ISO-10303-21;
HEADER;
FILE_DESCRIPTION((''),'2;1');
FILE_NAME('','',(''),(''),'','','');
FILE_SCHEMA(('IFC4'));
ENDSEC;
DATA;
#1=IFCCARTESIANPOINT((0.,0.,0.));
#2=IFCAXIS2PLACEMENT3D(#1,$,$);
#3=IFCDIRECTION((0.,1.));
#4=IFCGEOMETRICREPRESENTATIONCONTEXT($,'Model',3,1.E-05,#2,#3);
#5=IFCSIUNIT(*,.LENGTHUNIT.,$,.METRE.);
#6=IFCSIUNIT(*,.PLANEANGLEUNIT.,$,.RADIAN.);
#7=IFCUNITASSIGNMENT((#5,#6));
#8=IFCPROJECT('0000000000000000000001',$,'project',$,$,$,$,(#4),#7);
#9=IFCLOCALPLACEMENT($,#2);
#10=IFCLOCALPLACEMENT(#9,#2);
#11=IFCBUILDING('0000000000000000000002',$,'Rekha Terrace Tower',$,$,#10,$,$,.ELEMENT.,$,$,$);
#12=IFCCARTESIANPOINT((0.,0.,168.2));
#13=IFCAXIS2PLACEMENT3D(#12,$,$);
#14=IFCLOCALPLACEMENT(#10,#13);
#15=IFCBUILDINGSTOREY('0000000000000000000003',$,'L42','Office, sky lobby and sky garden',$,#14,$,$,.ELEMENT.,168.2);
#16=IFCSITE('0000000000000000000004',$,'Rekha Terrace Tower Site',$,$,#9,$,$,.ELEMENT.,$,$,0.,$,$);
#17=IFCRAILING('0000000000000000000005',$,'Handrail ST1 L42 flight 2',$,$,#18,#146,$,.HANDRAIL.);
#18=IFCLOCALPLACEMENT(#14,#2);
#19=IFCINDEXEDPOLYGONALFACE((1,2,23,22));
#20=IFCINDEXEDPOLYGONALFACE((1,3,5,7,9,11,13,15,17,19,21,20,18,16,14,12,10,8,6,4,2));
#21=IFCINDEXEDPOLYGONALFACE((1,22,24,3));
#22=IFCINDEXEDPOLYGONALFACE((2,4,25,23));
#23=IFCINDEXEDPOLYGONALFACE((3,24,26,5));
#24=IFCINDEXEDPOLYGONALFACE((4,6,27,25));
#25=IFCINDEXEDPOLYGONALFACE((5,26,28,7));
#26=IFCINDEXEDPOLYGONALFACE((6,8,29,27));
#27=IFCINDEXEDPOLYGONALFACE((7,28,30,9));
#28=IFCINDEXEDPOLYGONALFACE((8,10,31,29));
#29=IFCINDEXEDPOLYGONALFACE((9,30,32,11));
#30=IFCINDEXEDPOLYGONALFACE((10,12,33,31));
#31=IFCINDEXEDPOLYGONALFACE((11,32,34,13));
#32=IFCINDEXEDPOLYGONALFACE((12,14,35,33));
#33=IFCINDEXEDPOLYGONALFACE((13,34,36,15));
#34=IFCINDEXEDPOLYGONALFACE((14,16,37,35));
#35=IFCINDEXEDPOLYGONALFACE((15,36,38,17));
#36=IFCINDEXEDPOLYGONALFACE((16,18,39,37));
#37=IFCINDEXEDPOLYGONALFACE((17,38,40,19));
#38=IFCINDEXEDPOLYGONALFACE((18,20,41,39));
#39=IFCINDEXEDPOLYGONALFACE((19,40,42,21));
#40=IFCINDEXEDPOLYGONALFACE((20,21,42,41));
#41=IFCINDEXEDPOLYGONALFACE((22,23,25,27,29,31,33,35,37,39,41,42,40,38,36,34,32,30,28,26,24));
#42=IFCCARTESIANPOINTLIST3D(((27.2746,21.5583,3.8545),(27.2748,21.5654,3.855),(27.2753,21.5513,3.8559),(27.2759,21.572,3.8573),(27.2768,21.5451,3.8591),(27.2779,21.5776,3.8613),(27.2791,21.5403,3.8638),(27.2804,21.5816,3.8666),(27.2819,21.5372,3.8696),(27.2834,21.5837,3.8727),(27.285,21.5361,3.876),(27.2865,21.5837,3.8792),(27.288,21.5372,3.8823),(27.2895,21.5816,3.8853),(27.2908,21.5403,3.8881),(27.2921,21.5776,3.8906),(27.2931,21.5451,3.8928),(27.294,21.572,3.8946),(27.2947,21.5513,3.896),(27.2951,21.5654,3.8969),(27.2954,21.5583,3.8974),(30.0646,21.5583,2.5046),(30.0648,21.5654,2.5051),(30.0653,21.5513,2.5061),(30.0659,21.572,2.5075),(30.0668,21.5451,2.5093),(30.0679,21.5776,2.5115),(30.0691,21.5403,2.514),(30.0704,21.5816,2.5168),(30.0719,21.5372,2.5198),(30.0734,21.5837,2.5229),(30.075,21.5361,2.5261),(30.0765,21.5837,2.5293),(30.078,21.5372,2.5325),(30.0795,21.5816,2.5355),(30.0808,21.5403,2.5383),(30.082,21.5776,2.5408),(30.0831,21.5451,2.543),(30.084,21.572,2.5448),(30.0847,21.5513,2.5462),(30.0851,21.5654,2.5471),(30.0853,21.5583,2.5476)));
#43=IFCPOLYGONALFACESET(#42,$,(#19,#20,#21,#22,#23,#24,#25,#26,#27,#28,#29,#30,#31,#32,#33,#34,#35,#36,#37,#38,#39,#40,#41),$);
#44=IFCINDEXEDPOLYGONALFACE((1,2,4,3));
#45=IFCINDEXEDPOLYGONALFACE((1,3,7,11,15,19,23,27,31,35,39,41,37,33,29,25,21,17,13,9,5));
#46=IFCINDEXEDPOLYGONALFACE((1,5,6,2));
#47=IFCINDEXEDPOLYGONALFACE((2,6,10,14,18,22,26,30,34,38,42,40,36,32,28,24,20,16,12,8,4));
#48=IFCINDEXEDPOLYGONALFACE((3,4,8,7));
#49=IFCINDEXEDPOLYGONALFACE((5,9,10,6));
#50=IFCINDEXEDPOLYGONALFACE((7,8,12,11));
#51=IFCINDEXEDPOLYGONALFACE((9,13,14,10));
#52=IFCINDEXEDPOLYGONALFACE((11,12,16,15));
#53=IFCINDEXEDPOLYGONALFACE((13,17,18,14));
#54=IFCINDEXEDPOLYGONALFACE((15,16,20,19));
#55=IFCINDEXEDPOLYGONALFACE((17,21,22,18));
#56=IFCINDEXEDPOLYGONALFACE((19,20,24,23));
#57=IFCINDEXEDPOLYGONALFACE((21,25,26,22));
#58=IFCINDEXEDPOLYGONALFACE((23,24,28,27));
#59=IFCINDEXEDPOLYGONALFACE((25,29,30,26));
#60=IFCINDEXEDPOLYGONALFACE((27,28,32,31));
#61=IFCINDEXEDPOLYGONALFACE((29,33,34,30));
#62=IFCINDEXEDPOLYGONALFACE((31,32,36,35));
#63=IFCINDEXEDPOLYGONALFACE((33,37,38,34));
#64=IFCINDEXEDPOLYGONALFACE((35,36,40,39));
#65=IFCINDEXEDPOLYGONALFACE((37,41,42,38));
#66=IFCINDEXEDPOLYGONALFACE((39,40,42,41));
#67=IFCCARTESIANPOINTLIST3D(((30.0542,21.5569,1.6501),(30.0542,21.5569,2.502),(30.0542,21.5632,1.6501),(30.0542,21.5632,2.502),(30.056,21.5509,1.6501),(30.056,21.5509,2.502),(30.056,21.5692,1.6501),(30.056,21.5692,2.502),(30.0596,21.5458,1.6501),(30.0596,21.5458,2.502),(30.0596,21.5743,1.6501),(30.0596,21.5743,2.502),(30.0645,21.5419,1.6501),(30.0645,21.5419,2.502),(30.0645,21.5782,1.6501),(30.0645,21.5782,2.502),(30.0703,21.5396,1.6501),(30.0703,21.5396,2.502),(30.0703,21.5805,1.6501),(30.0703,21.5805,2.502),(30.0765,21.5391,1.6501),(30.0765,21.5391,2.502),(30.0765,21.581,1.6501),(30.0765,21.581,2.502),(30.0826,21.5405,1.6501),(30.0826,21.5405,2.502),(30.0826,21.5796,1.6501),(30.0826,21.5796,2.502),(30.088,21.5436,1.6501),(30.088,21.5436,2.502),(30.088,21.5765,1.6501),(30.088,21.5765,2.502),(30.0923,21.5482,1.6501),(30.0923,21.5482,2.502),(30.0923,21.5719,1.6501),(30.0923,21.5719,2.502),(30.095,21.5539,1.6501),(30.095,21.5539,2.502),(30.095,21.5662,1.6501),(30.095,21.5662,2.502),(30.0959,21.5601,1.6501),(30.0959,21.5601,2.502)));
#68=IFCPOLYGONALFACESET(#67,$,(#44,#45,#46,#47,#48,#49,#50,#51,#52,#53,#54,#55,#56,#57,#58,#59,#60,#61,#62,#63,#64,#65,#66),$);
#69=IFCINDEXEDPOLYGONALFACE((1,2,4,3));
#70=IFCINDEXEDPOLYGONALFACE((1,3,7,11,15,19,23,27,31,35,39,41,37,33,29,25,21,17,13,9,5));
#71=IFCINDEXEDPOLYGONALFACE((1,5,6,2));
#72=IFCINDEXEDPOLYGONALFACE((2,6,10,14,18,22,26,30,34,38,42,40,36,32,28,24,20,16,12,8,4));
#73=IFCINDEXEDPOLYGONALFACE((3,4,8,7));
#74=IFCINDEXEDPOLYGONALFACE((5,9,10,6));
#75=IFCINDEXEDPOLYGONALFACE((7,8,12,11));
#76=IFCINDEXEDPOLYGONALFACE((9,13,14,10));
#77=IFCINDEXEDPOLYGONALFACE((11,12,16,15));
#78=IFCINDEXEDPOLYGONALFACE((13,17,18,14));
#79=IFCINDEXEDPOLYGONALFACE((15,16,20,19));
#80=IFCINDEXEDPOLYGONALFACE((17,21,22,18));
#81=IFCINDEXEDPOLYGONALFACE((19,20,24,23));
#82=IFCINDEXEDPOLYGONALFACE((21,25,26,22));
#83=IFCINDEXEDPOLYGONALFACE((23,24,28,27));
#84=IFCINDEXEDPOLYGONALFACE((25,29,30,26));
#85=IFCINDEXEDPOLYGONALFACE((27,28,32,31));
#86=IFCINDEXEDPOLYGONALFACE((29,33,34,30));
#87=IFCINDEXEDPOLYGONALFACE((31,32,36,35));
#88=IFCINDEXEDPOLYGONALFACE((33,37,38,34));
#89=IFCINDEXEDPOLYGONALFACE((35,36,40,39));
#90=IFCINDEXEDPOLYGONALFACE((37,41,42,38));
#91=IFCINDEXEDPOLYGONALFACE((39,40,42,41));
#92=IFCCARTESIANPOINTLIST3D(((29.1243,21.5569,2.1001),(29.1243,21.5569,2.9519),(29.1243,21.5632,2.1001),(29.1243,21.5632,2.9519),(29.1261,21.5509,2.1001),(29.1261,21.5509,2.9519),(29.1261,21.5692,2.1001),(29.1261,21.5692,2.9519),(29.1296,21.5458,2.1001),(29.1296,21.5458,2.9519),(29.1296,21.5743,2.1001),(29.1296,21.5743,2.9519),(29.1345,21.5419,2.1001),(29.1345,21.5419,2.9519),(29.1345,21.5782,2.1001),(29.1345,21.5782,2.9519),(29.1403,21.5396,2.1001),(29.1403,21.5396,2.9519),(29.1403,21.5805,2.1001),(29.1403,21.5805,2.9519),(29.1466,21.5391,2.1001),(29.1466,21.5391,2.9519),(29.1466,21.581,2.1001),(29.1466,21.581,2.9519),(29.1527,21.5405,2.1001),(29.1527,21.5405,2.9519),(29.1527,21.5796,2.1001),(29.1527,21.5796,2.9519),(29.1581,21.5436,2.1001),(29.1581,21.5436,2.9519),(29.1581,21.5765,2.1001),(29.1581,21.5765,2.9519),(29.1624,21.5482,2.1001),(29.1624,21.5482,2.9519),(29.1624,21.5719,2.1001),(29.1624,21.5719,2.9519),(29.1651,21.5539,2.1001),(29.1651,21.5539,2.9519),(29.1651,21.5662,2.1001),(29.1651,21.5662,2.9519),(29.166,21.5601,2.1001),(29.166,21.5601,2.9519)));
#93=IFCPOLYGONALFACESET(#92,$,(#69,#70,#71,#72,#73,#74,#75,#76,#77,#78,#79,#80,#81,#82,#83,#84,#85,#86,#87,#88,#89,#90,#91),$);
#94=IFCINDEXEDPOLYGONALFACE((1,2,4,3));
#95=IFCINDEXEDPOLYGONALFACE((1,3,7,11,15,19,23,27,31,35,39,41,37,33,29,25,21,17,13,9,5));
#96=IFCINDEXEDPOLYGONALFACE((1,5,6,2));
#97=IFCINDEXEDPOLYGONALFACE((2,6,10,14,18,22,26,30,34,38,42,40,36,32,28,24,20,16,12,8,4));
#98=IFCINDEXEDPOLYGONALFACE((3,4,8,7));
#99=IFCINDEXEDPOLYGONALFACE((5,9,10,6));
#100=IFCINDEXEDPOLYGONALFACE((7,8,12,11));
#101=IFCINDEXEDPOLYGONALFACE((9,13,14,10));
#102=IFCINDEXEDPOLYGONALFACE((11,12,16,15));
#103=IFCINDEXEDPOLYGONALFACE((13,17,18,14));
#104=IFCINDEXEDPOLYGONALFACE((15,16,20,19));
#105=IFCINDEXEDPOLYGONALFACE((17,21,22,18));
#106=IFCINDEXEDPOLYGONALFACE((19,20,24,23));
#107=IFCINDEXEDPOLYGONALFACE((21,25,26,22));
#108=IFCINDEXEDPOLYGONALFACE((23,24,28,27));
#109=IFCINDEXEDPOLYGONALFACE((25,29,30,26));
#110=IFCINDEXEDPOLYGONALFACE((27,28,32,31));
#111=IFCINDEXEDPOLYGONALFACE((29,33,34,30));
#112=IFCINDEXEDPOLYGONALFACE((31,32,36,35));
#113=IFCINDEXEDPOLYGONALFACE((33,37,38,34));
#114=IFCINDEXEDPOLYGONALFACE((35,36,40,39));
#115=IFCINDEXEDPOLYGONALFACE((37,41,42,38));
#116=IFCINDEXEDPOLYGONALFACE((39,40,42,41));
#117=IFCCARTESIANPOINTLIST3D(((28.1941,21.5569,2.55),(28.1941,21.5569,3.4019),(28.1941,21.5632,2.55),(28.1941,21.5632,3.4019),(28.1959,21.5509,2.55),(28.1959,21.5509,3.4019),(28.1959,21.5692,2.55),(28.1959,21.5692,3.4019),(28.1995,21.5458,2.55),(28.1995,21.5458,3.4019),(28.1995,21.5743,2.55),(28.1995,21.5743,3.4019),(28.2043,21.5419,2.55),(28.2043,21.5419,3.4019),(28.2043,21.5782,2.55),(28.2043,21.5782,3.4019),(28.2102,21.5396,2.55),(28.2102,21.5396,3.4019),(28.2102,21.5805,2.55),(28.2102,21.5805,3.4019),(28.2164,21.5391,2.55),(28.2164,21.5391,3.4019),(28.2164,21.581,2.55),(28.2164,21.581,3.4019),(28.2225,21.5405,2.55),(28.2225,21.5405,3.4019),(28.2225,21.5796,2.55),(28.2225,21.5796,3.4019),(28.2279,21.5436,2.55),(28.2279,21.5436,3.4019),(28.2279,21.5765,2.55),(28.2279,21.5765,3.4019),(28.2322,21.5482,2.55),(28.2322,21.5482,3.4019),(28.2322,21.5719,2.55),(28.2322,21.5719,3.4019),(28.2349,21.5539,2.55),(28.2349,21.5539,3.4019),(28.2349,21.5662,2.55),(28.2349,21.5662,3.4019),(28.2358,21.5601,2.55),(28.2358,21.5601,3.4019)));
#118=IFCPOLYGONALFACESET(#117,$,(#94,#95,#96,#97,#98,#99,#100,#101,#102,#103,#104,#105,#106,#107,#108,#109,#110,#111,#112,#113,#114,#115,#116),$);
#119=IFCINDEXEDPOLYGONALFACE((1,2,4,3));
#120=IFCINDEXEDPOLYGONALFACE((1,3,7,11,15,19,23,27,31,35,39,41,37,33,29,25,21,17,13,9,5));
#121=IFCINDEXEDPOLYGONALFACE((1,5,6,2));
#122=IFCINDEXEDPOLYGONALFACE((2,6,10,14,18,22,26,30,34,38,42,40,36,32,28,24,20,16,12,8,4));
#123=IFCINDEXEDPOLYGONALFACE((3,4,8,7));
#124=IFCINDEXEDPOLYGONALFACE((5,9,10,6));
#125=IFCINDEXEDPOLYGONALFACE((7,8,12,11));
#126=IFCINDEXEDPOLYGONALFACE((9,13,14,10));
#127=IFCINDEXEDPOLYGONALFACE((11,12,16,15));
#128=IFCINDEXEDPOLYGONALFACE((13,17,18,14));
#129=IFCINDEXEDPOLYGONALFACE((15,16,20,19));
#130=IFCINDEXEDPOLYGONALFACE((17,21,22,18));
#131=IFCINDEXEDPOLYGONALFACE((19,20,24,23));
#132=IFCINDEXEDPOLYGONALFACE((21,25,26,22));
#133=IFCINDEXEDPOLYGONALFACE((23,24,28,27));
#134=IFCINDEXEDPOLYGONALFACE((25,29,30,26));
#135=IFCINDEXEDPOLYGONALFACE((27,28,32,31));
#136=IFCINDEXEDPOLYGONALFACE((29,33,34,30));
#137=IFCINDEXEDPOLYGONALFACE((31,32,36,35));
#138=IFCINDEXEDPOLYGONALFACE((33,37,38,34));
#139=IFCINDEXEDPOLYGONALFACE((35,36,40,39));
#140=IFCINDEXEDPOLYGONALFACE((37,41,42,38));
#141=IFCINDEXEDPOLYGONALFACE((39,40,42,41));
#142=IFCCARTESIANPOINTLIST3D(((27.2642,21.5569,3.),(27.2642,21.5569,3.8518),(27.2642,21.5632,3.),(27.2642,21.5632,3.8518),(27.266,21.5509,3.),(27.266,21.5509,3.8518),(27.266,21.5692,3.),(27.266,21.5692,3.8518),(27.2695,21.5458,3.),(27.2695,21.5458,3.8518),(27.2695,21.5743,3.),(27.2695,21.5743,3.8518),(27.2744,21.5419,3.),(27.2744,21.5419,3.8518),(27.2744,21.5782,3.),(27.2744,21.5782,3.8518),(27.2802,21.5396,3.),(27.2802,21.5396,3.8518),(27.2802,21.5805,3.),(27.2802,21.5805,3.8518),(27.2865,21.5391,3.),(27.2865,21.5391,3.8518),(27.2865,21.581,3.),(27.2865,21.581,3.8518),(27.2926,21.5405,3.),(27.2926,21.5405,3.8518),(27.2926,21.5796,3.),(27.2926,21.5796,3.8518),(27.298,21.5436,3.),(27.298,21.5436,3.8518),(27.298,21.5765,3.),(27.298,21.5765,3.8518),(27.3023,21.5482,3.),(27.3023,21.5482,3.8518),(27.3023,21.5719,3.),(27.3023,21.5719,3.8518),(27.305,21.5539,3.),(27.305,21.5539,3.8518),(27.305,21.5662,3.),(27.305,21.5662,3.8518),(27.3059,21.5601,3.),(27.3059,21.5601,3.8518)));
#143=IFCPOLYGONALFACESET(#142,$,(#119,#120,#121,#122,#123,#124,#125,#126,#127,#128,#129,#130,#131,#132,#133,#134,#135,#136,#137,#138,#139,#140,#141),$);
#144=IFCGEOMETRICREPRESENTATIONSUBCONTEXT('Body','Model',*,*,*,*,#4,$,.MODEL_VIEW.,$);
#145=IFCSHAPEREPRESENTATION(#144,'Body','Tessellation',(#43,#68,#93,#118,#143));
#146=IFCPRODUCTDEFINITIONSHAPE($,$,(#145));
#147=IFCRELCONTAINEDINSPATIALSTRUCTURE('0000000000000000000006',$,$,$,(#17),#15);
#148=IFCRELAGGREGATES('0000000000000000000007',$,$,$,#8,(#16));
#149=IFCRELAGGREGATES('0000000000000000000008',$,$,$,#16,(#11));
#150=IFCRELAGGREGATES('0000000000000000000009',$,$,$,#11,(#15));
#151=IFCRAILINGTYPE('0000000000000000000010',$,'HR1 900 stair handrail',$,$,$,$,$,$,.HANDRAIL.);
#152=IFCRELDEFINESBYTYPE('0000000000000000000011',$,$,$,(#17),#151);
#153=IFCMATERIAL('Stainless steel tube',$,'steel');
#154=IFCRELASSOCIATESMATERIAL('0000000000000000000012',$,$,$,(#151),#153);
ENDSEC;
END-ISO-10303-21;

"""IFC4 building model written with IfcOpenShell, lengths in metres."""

from ifc_helpers import new_model, si_unit, direction, frame, origin, origin_2d, place, context, subcontext, project, spatial, circle, extrude, material, type_object, element, save


model = new_model("IFC4")

# Units and contexts
model_context = context("Model", 3, precision=1e-05, world=origin(), true_north=direction((0.0, 1.0)))
body_context = subcontext(model_context, "Body", "Model", "MODEL_VIEW")
ifc_project = project(units=[si_unit("LENGTHUNIT", "METRE"), si_unit("PLANEANGLEUNIT", "RADIAN")], contexts=[model_context])

# Site, building, storey
site_placement = place(None, origin())
site = spatial("IfcSite", under=ifc_project, at=site_placement, Name="Rekha Terrace Tower Site", CompositionType="ELEMENT", RefElevation=0.0)
building_placement = place(site_placement, origin())
building = spatial("IfcBuilding", under=site, at=building_placement, Name="Rekha Terrace Tower", CompositionType="ELEMENT")
storey_placement = place(building_placement, frame((0.0, 0.0, 168.2)))
storey = spatial("IfcBuildingStorey", under=building, at=storey_placement, Name="L42", Description="Office, sky lobby and sky garden", CompositionType="ELEMENT", Elevation=168.2)

# Railing
ifc_material_1 = material(Name="Stainless steel tube", Category="steel")
railing_type_1 = type_object("IfcRailingType", Name="HR1 900 stair handrail", PredefinedType="HANDRAIL", material=ifc_material_1)
railing_1_placement = place(storey_placement, frame((30.075, 21.5601, 1.6501)))
element("IfcRailing", 1, at=railing_1_placement, inside=storey, type_object=railing_type_1, Name="Handrail ST1 L42 flight 2", PredefinedType="HANDRAIL", context=body_context, shape_type="SweptSolid", body=[
    extrude(circle(Radius=0.0239, at=origin_2d()), frame((0.0, 0.0, 0.876), z_axis=(-0.90018, 0.0, 0.435518), x_axis=(0.0, -1.0, 0.0)), (0.0, 0.0, 1.0), 3.0994),
    extrude(circle(Radius=0.021, at=origin_2d()), origin(), (0.0, 0.0, 1.0), 0.8518),
    extrude(circle(Radius=0.021, at=origin_2d()), frame((-0.9299, 0.0, 0.45)), (0.0, 0.0, 1.0), 0.8518),
    extrude(circle(Radius=0.021, at=origin_2d()), frame((-1.8601, 0.0, 0.8999)), (0.0, 0.0, 1.0), 0.8518),
    extrude(circle(Radius=0.021, at=origin_2d()), frame((-2.79, 0.0, 1.3499)), (0.0, 0.0, 1.0), 0.8518),
])

save(model, "model.ifc")
